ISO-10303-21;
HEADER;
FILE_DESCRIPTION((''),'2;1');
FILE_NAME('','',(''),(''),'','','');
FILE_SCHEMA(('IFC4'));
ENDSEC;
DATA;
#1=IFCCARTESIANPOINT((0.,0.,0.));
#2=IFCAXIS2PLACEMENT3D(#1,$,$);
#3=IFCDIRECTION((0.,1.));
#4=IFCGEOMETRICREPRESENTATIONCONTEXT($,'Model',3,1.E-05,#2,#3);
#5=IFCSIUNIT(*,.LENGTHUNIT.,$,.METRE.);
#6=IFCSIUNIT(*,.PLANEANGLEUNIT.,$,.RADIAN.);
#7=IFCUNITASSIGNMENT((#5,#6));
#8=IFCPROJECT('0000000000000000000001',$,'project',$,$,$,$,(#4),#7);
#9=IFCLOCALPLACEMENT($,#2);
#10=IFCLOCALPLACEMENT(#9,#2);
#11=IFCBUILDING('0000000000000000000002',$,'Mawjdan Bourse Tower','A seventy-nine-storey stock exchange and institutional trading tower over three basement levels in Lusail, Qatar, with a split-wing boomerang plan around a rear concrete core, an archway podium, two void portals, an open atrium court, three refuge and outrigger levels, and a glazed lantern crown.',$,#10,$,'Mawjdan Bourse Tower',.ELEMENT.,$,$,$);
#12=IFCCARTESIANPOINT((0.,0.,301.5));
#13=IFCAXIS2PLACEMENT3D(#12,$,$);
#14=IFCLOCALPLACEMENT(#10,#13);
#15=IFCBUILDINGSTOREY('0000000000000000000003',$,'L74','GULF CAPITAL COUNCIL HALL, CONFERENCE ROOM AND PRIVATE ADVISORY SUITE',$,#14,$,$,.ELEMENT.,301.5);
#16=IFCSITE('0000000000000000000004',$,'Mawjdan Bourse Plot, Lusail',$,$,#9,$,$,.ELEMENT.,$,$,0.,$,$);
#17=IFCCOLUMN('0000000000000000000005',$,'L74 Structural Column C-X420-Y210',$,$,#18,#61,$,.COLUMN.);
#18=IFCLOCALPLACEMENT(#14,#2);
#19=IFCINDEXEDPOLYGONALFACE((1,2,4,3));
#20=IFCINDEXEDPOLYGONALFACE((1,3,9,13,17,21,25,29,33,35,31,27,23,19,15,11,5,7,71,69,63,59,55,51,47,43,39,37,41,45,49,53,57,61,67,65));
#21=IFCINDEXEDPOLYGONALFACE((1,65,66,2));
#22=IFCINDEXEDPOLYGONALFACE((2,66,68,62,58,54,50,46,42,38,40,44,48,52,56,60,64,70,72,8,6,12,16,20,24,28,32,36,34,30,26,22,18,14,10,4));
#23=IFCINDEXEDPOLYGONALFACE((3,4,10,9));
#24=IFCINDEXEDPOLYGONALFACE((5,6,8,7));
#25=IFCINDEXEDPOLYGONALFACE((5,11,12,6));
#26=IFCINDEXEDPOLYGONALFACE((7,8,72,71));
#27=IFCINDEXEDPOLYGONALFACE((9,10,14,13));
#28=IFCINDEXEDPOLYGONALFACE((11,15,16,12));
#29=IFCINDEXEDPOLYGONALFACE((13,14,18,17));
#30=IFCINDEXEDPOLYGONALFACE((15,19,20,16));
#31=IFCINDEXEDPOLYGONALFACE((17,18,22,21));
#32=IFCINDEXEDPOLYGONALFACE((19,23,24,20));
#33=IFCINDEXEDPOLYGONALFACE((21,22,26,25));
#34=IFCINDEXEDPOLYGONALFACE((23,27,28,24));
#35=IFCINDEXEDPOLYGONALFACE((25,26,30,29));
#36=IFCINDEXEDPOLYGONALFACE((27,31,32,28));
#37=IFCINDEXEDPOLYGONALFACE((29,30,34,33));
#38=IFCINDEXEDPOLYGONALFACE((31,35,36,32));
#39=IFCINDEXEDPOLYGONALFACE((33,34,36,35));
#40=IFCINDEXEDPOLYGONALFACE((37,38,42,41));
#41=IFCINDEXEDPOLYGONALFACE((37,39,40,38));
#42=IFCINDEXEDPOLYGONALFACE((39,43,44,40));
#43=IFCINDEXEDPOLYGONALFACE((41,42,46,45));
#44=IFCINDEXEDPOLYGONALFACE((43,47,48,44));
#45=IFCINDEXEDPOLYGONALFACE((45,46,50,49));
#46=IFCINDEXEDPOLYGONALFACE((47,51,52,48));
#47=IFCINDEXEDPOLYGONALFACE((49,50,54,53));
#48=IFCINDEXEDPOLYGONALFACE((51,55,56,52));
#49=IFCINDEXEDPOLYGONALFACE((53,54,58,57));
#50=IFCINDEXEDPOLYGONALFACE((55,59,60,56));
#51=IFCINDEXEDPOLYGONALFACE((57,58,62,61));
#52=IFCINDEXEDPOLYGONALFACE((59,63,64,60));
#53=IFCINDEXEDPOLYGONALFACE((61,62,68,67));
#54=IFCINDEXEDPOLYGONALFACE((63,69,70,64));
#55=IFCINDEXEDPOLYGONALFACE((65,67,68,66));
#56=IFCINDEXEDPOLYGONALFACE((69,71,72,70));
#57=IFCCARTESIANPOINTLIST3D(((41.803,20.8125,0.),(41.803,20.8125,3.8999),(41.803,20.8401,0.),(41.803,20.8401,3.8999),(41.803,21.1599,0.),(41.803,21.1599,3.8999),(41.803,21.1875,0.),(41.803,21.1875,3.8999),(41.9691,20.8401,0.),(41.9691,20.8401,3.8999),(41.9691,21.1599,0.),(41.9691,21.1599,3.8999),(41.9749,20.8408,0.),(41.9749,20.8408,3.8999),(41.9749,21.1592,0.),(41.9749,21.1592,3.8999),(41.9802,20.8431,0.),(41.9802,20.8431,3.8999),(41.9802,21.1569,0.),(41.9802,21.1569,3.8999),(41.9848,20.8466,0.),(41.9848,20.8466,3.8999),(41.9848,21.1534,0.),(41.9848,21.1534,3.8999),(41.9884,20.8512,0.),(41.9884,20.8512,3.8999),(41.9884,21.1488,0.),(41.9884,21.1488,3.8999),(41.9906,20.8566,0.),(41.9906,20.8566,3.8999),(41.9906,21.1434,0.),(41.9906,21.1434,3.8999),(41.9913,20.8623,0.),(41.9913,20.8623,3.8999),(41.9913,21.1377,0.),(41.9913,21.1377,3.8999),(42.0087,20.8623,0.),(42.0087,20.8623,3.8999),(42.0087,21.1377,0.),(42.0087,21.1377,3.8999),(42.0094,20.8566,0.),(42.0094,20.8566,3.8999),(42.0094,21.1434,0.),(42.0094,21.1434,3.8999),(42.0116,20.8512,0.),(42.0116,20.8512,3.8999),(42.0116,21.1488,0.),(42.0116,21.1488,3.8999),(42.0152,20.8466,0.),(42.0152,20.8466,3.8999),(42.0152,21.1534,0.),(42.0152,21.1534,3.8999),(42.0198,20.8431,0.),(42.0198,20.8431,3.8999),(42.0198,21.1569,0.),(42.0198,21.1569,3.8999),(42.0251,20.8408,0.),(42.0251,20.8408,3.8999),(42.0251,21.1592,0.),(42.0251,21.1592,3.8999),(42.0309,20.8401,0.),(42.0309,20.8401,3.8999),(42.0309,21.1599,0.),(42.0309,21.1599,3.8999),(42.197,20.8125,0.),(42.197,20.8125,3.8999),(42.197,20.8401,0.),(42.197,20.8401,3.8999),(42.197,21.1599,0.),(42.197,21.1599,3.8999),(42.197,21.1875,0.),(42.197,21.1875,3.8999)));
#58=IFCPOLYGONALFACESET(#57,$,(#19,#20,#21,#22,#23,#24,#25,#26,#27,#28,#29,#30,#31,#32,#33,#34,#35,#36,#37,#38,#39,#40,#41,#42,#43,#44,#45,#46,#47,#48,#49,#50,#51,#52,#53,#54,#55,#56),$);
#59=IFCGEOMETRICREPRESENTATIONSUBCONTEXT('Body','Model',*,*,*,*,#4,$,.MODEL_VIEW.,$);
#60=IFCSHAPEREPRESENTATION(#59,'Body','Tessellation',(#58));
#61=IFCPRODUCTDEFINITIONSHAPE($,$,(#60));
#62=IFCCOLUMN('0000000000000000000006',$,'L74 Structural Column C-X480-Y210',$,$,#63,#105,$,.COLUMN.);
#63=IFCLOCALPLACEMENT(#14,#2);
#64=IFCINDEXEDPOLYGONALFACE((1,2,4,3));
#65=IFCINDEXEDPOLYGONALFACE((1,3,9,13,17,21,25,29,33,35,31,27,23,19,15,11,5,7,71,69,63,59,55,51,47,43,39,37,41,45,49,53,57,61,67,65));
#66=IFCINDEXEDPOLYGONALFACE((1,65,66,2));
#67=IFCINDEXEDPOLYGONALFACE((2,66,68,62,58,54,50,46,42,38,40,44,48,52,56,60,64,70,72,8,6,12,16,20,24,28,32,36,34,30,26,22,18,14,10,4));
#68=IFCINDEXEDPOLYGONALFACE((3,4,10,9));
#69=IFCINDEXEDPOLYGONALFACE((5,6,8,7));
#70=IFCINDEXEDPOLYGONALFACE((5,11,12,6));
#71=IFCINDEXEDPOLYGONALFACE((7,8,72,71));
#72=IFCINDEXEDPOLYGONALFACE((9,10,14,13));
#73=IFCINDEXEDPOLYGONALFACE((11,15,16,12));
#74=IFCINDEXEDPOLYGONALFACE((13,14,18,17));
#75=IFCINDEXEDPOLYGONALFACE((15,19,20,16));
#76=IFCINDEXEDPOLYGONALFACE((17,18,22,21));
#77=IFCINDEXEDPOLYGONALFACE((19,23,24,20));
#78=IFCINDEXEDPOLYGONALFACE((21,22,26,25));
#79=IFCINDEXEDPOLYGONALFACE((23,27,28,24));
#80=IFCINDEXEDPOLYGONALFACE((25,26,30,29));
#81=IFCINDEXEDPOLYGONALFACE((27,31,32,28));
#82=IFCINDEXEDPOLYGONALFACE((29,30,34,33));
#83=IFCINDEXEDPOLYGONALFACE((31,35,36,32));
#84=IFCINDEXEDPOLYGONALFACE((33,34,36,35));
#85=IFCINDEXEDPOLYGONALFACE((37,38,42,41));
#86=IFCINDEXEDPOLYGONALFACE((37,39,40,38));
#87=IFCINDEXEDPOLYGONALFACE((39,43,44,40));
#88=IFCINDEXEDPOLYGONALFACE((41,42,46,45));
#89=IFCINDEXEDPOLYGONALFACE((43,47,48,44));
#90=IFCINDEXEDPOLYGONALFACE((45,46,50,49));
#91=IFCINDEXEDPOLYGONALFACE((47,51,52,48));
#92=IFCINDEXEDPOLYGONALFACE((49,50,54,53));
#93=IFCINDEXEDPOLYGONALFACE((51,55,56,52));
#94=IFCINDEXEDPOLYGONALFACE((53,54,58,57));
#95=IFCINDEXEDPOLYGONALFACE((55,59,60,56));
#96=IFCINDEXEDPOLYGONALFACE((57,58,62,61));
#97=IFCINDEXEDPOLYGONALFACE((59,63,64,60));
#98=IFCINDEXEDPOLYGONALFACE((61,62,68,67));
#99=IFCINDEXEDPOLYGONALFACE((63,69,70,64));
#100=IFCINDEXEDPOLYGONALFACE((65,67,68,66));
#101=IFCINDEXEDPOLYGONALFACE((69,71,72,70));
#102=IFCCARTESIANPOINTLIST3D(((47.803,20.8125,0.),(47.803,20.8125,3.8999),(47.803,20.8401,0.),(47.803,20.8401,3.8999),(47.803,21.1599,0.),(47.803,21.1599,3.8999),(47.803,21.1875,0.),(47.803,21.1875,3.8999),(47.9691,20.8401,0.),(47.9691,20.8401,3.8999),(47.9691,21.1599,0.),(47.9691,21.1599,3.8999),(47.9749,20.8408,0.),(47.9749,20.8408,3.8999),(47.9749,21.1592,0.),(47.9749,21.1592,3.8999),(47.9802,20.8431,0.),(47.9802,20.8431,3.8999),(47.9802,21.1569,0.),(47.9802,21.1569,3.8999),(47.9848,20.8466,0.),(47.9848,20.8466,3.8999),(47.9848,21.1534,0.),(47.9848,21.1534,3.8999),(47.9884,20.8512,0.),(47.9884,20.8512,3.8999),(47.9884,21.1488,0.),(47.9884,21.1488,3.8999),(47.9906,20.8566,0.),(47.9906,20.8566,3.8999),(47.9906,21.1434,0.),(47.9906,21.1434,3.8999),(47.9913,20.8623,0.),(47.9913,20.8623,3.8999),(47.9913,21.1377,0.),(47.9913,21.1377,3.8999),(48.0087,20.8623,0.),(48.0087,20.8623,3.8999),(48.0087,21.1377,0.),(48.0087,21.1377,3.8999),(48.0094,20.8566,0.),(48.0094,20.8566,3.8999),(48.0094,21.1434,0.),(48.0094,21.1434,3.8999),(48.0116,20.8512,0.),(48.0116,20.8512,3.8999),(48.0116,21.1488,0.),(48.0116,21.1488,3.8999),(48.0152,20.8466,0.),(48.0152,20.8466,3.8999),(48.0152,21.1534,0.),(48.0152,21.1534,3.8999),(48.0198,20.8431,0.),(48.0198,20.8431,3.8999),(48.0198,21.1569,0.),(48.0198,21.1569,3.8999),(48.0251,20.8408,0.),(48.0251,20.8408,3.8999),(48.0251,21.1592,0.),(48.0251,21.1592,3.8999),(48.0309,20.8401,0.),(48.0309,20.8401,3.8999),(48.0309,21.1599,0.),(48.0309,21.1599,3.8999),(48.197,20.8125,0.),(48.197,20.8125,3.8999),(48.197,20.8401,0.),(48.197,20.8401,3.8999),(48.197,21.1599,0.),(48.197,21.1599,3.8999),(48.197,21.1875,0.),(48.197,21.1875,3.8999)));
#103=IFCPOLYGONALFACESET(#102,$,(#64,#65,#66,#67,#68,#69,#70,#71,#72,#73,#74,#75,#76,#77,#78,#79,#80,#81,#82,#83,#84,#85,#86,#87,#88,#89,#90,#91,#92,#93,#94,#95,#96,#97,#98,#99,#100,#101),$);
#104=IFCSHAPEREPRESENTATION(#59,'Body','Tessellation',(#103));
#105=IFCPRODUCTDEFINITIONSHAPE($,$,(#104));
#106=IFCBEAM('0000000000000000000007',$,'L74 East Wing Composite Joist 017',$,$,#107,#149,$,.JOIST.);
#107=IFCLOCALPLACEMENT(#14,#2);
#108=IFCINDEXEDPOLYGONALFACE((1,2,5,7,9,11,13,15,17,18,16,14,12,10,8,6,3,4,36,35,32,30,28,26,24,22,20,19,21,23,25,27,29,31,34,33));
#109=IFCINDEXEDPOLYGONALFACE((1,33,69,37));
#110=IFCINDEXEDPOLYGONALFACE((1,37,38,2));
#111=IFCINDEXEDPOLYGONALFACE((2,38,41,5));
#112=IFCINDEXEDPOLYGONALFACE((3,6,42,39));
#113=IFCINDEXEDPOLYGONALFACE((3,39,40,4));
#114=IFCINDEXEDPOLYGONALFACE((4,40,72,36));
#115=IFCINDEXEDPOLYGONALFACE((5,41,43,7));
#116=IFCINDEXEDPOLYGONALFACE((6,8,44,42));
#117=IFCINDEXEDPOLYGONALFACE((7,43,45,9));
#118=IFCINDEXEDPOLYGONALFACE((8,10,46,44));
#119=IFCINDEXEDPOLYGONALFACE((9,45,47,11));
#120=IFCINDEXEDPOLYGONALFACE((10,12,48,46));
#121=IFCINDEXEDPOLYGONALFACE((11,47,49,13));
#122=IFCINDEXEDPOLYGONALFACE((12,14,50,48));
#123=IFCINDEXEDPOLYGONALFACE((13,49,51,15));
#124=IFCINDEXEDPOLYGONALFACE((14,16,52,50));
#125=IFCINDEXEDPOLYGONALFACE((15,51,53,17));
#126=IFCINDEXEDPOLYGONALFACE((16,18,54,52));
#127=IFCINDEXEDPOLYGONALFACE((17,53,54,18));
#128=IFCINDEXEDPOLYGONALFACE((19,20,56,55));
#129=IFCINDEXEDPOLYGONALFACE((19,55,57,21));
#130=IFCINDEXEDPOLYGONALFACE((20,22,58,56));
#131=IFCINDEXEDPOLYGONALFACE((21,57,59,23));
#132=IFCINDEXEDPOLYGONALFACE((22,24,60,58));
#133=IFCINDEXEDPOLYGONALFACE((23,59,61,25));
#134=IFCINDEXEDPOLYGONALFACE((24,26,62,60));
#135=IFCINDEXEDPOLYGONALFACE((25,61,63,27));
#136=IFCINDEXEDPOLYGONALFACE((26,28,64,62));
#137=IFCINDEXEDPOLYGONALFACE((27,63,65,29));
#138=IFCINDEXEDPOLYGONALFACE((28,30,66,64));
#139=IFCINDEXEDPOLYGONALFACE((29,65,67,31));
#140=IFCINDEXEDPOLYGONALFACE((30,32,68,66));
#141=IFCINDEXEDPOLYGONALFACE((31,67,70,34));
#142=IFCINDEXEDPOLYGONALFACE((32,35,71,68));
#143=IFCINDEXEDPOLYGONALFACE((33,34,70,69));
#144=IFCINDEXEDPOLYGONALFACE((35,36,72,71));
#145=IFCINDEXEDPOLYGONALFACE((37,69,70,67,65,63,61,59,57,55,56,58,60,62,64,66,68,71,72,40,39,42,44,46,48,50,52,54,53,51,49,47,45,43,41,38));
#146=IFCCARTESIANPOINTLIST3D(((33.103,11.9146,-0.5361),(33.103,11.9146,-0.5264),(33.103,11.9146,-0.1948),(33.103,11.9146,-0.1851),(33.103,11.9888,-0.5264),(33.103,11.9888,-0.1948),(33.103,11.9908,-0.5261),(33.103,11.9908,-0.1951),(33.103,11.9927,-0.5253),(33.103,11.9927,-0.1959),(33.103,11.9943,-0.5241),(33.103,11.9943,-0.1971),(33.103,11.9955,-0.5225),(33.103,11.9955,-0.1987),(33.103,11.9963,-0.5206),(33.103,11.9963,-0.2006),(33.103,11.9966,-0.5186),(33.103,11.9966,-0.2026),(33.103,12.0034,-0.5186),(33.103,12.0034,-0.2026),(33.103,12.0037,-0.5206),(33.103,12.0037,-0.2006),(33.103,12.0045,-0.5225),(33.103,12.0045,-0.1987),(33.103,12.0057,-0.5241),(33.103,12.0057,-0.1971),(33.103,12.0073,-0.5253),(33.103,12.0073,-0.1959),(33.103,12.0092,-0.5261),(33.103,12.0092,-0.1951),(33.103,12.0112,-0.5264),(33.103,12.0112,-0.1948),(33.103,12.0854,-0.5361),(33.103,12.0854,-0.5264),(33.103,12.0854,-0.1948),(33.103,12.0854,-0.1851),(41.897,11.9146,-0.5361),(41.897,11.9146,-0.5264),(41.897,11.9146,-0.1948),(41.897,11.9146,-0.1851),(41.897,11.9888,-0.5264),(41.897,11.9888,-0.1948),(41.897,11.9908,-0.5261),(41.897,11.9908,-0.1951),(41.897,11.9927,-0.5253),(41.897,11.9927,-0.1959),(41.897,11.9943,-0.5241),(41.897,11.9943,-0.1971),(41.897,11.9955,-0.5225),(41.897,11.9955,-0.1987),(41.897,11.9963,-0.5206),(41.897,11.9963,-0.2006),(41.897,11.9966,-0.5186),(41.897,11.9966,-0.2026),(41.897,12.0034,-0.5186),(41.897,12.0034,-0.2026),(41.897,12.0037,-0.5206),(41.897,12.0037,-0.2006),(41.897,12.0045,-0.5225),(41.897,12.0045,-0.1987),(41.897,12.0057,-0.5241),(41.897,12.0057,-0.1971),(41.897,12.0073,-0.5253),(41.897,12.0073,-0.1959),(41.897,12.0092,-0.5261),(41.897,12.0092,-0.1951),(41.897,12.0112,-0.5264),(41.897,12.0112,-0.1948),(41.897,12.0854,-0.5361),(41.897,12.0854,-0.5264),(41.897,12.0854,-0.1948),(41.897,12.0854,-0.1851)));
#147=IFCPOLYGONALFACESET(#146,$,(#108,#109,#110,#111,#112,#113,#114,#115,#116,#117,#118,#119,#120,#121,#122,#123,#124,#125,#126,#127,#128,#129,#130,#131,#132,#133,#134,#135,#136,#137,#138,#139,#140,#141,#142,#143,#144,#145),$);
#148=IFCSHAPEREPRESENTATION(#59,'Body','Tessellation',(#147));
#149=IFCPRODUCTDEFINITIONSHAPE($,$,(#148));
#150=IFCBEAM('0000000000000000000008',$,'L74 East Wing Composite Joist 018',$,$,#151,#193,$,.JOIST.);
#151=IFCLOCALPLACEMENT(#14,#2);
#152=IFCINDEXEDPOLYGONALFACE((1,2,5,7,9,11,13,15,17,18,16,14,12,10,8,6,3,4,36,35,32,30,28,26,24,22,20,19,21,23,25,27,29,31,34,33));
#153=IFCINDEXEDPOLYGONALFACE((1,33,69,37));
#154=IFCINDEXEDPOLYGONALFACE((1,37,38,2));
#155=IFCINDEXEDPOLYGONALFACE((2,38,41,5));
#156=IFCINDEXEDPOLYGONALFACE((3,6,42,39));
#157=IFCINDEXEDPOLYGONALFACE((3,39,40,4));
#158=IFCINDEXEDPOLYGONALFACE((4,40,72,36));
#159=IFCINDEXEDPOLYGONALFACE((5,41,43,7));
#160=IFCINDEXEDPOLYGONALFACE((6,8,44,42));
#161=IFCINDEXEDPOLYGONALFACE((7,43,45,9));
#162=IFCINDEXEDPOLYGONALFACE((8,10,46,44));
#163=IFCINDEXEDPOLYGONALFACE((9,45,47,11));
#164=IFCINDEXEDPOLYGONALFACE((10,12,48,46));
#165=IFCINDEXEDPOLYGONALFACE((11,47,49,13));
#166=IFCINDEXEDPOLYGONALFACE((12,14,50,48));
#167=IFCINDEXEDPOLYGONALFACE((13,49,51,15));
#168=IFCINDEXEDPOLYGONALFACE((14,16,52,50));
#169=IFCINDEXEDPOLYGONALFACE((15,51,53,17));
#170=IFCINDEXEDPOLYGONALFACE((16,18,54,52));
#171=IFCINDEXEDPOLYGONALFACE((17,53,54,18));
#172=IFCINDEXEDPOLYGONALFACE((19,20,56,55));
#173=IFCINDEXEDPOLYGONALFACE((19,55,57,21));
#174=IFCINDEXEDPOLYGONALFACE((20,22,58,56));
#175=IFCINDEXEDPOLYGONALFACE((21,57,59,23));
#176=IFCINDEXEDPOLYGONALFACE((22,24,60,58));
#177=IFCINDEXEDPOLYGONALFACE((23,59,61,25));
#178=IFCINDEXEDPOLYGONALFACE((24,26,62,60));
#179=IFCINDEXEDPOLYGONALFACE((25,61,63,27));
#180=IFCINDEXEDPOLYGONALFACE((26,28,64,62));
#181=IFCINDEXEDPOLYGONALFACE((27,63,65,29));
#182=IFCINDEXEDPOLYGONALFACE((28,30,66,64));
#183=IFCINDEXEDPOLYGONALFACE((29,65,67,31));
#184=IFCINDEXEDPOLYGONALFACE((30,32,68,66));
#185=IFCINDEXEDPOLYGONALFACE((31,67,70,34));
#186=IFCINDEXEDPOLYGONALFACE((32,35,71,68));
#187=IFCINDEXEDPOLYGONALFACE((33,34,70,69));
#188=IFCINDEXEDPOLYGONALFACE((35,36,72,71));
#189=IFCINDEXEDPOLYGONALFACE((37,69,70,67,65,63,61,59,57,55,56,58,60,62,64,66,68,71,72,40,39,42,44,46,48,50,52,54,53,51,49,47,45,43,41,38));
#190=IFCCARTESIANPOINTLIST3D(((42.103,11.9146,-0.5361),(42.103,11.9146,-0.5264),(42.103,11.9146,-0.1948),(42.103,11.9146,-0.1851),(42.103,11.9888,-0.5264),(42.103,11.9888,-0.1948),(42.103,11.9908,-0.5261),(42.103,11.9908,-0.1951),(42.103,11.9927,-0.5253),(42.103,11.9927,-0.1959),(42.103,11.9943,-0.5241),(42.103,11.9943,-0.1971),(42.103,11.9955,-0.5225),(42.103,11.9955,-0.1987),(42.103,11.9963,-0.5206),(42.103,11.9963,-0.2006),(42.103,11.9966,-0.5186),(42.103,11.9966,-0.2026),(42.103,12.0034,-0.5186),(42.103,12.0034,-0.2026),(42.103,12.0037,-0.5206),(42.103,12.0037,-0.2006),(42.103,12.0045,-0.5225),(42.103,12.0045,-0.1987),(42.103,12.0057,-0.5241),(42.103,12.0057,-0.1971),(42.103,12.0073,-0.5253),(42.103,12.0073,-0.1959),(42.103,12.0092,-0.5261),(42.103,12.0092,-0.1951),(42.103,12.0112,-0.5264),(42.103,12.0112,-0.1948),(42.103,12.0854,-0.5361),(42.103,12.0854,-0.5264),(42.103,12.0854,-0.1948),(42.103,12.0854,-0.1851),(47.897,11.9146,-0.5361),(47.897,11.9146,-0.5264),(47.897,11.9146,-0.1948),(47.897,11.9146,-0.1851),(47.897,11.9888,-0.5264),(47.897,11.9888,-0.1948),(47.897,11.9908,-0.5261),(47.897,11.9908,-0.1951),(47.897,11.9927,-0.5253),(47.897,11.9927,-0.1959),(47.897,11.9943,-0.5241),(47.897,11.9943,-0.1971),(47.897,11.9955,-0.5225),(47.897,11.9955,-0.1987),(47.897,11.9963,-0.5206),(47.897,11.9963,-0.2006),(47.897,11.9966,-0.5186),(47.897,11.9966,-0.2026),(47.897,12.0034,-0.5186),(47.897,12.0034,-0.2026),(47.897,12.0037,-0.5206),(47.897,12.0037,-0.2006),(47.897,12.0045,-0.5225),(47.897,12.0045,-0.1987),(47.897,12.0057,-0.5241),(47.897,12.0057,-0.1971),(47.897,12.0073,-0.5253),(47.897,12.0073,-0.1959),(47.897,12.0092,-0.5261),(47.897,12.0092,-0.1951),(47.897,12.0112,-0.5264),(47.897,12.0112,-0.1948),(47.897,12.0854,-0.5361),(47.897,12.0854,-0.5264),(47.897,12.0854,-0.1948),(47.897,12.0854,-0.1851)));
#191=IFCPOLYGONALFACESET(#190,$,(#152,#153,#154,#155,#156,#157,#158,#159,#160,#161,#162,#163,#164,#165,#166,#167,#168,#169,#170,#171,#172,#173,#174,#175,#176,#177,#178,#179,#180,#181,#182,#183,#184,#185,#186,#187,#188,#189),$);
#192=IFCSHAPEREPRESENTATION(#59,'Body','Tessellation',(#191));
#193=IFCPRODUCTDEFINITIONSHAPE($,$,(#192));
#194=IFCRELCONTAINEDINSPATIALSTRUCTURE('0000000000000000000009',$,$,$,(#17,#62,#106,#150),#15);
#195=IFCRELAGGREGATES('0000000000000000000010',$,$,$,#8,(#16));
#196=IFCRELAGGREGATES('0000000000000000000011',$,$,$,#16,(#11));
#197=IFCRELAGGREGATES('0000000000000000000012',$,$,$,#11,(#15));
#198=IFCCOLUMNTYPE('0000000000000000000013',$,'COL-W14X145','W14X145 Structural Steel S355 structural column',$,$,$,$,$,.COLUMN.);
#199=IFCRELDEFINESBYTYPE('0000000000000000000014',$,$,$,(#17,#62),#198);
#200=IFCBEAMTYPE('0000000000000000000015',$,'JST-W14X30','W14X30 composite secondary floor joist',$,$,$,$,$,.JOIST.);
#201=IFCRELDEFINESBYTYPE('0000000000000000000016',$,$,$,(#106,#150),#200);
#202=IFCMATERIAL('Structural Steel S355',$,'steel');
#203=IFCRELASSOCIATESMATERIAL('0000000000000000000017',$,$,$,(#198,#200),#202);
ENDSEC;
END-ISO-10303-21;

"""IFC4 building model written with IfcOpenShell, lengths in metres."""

from ifc_helpers import new_model, si_unit, direction, frame, origin, origin_2d, place, context, subcontext, project, spatial, i_section, extrude, material, material_profile, profile_set, type_object, element, save


model = new_model("IFC4")

# Units and contexts
model_context = context("Model", 3, precision=1e-05, world=origin(), true_north=direction((0.0, 1.0)))
body_context = subcontext(model_context, "Body", "Model", "MODEL_VIEW")
ifc_project = project(units=[si_unit("LENGTHUNIT", "METRE"), si_unit("PLANEANGLEUNIT", "RADIAN")], contexts=[model_context])

# Site, building, storey
site_placement = place(None, origin())
site = spatial("IfcSite", under=ifc_project, at=site_placement, Name="Mawjdan Bourse Plot, Lusail", CompositionType="ELEMENT", RefElevation=0.0)
building_placement = place(site_placement, origin())
building = spatial("IfcBuilding", under=site, at=building_placement, Name="Mawjdan Bourse Tower", Description="A seventy-nine-storey stock exchange and institutional trading tower over three basement levels in Lusail, Qatar, with a split-wing boomerang plan around a rear concrete core, an archway podium, two void portals, an open atrium court, three refuge and outrigger levels, and a glazed lantern crown.", LongName="Mawjdan Bourse Tower", CompositionType="ELEMENT")
storey_placement = place(building_placement, frame((0.0, 0.0, 301.5)))
storey = spatial("IfcBuildingStorey", under=building, at=storey_placement, Name="L74", Description="GULF CAPITAL COUNCIL HALL, CONFERENCE ROOM AND PRIVATE ADVISORY SUITE", CompositionType="ELEMENT", Elevation=301.5)

# Columns
ifc_material_1 = material(Name="Structural Steel S355", Category="steel")
ifc_material_profile_1 = material_profile(ifc_material_1, i_section(OverallWidth=0.394, OverallDepth=0.375, WebThickness=0.0173, FlangeThickness=0.0276, FilletRadius=0.0222, at=origin_2d()), Name="W14X145")
ifc_profile_set_1 = profile_set([ifc_material_profile_1], Name="Structural Steel S355")
column_type = type_object("IfcColumnType", Name="COL-W14X145", Description="W14X145 Structural Steel S355 structural column", PredefinedType="COLUMN", material=ifc_profile_set_1)
for number, where, z_axis, x_axis, name in (
    (1, (42.0, 21.0, 0.0), (0.0, 0.0, 1.0), (1.0, 0.0, 0.0), "L74 Structural Column C-X420-Y210"),
    (2, (48.0, 21.0, 0.0), (0.0, 0.0, 1.0), (1.0, 0.0, 0.0), "L74 Structural Column C-X480-Y210"),
):
    element("IfcColumn", number, at=place(storey_placement, frame(where, z_axis=z_axis, x_axis=x_axis)), inside=storey, type_object=column_type, Name=name, PredefinedType="COLUMN", context=body_context, shape_type="SweptSolid", body=[
        extrude(i_section(OverallWidth=0.394, OverallDepth=0.375, WebThickness=0.0173, FlangeThickness=0.0276, FilletRadius=0.0222, at=origin_2d()), origin(), (0.0, 0.0, 1.0), 3.8999),
    ])

# Beams
ifc_material_profile_2 = material_profile(ifc_material_1, i_section(OverallWidth=0.1709, OverallDepth=0.3511, WebThickness=0.0068, FlangeThickness=0.0098, FilletRadius=0.0078, at=origin_2d()), Name="W14X30")
ifc_profile_set_2 = profile_set([ifc_material_profile_2], Name="Structural Steel S355")
beam_type_1 = type_object("IfcBeamType", Name="JST-W14X30", Description="W14X30 composite secondary floor joist", PredefinedType="JOIST", material=ifc_profile_set_2)
beam_1_placement = place(storey_placement, frame((33.103, 12.0, -0.3606), z_axis=(1.0, 0.0, 0.0), x_axis=(0.0, 1.0, 0.0)))
element("IfcBeam", 3, at=beam_1_placement, inside=storey, type_object=beam_type_1, Name="L74 East Wing Composite Joist 017", PredefinedType="JOIST", context=body_context, shape_type="SweptSolid", body=[
    extrude(i_section(OverallWidth=0.1709, OverallDepth=0.3511, WebThickness=0.0068, FlangeThickness=0.0098, FilletRadius=0.0078, at=origin_2d()), origin(), (0.0, 0.0, 1.0), 8.7939),
])
beam_2_placement = place(storey_placement, frame((42.103, 12.0, -0.3606), z_axis=(1.0, 0.0, 0.0), x_axis=(0.0, 1.0, 0.0)))
element("IfcBeam", 4, at=beam_2_placement, inside=storey, type_object=beam_type_1, Name="L74 East Wing Composite Joist 018", PredefinedType="JOIST", context=body_context, shape_type="SweptSolid", body=[
    extrude(i_section(OverallWidth=0.1709, OverallDepth=0.3511, WebThickness=0.0068, FlangeThickness=0.0098, FilletRadius=0.0078, at=origin_2d()), origin(), (0.0, 0.0, 1.0), 5.7939),
])

save(model, "model.ifc")
